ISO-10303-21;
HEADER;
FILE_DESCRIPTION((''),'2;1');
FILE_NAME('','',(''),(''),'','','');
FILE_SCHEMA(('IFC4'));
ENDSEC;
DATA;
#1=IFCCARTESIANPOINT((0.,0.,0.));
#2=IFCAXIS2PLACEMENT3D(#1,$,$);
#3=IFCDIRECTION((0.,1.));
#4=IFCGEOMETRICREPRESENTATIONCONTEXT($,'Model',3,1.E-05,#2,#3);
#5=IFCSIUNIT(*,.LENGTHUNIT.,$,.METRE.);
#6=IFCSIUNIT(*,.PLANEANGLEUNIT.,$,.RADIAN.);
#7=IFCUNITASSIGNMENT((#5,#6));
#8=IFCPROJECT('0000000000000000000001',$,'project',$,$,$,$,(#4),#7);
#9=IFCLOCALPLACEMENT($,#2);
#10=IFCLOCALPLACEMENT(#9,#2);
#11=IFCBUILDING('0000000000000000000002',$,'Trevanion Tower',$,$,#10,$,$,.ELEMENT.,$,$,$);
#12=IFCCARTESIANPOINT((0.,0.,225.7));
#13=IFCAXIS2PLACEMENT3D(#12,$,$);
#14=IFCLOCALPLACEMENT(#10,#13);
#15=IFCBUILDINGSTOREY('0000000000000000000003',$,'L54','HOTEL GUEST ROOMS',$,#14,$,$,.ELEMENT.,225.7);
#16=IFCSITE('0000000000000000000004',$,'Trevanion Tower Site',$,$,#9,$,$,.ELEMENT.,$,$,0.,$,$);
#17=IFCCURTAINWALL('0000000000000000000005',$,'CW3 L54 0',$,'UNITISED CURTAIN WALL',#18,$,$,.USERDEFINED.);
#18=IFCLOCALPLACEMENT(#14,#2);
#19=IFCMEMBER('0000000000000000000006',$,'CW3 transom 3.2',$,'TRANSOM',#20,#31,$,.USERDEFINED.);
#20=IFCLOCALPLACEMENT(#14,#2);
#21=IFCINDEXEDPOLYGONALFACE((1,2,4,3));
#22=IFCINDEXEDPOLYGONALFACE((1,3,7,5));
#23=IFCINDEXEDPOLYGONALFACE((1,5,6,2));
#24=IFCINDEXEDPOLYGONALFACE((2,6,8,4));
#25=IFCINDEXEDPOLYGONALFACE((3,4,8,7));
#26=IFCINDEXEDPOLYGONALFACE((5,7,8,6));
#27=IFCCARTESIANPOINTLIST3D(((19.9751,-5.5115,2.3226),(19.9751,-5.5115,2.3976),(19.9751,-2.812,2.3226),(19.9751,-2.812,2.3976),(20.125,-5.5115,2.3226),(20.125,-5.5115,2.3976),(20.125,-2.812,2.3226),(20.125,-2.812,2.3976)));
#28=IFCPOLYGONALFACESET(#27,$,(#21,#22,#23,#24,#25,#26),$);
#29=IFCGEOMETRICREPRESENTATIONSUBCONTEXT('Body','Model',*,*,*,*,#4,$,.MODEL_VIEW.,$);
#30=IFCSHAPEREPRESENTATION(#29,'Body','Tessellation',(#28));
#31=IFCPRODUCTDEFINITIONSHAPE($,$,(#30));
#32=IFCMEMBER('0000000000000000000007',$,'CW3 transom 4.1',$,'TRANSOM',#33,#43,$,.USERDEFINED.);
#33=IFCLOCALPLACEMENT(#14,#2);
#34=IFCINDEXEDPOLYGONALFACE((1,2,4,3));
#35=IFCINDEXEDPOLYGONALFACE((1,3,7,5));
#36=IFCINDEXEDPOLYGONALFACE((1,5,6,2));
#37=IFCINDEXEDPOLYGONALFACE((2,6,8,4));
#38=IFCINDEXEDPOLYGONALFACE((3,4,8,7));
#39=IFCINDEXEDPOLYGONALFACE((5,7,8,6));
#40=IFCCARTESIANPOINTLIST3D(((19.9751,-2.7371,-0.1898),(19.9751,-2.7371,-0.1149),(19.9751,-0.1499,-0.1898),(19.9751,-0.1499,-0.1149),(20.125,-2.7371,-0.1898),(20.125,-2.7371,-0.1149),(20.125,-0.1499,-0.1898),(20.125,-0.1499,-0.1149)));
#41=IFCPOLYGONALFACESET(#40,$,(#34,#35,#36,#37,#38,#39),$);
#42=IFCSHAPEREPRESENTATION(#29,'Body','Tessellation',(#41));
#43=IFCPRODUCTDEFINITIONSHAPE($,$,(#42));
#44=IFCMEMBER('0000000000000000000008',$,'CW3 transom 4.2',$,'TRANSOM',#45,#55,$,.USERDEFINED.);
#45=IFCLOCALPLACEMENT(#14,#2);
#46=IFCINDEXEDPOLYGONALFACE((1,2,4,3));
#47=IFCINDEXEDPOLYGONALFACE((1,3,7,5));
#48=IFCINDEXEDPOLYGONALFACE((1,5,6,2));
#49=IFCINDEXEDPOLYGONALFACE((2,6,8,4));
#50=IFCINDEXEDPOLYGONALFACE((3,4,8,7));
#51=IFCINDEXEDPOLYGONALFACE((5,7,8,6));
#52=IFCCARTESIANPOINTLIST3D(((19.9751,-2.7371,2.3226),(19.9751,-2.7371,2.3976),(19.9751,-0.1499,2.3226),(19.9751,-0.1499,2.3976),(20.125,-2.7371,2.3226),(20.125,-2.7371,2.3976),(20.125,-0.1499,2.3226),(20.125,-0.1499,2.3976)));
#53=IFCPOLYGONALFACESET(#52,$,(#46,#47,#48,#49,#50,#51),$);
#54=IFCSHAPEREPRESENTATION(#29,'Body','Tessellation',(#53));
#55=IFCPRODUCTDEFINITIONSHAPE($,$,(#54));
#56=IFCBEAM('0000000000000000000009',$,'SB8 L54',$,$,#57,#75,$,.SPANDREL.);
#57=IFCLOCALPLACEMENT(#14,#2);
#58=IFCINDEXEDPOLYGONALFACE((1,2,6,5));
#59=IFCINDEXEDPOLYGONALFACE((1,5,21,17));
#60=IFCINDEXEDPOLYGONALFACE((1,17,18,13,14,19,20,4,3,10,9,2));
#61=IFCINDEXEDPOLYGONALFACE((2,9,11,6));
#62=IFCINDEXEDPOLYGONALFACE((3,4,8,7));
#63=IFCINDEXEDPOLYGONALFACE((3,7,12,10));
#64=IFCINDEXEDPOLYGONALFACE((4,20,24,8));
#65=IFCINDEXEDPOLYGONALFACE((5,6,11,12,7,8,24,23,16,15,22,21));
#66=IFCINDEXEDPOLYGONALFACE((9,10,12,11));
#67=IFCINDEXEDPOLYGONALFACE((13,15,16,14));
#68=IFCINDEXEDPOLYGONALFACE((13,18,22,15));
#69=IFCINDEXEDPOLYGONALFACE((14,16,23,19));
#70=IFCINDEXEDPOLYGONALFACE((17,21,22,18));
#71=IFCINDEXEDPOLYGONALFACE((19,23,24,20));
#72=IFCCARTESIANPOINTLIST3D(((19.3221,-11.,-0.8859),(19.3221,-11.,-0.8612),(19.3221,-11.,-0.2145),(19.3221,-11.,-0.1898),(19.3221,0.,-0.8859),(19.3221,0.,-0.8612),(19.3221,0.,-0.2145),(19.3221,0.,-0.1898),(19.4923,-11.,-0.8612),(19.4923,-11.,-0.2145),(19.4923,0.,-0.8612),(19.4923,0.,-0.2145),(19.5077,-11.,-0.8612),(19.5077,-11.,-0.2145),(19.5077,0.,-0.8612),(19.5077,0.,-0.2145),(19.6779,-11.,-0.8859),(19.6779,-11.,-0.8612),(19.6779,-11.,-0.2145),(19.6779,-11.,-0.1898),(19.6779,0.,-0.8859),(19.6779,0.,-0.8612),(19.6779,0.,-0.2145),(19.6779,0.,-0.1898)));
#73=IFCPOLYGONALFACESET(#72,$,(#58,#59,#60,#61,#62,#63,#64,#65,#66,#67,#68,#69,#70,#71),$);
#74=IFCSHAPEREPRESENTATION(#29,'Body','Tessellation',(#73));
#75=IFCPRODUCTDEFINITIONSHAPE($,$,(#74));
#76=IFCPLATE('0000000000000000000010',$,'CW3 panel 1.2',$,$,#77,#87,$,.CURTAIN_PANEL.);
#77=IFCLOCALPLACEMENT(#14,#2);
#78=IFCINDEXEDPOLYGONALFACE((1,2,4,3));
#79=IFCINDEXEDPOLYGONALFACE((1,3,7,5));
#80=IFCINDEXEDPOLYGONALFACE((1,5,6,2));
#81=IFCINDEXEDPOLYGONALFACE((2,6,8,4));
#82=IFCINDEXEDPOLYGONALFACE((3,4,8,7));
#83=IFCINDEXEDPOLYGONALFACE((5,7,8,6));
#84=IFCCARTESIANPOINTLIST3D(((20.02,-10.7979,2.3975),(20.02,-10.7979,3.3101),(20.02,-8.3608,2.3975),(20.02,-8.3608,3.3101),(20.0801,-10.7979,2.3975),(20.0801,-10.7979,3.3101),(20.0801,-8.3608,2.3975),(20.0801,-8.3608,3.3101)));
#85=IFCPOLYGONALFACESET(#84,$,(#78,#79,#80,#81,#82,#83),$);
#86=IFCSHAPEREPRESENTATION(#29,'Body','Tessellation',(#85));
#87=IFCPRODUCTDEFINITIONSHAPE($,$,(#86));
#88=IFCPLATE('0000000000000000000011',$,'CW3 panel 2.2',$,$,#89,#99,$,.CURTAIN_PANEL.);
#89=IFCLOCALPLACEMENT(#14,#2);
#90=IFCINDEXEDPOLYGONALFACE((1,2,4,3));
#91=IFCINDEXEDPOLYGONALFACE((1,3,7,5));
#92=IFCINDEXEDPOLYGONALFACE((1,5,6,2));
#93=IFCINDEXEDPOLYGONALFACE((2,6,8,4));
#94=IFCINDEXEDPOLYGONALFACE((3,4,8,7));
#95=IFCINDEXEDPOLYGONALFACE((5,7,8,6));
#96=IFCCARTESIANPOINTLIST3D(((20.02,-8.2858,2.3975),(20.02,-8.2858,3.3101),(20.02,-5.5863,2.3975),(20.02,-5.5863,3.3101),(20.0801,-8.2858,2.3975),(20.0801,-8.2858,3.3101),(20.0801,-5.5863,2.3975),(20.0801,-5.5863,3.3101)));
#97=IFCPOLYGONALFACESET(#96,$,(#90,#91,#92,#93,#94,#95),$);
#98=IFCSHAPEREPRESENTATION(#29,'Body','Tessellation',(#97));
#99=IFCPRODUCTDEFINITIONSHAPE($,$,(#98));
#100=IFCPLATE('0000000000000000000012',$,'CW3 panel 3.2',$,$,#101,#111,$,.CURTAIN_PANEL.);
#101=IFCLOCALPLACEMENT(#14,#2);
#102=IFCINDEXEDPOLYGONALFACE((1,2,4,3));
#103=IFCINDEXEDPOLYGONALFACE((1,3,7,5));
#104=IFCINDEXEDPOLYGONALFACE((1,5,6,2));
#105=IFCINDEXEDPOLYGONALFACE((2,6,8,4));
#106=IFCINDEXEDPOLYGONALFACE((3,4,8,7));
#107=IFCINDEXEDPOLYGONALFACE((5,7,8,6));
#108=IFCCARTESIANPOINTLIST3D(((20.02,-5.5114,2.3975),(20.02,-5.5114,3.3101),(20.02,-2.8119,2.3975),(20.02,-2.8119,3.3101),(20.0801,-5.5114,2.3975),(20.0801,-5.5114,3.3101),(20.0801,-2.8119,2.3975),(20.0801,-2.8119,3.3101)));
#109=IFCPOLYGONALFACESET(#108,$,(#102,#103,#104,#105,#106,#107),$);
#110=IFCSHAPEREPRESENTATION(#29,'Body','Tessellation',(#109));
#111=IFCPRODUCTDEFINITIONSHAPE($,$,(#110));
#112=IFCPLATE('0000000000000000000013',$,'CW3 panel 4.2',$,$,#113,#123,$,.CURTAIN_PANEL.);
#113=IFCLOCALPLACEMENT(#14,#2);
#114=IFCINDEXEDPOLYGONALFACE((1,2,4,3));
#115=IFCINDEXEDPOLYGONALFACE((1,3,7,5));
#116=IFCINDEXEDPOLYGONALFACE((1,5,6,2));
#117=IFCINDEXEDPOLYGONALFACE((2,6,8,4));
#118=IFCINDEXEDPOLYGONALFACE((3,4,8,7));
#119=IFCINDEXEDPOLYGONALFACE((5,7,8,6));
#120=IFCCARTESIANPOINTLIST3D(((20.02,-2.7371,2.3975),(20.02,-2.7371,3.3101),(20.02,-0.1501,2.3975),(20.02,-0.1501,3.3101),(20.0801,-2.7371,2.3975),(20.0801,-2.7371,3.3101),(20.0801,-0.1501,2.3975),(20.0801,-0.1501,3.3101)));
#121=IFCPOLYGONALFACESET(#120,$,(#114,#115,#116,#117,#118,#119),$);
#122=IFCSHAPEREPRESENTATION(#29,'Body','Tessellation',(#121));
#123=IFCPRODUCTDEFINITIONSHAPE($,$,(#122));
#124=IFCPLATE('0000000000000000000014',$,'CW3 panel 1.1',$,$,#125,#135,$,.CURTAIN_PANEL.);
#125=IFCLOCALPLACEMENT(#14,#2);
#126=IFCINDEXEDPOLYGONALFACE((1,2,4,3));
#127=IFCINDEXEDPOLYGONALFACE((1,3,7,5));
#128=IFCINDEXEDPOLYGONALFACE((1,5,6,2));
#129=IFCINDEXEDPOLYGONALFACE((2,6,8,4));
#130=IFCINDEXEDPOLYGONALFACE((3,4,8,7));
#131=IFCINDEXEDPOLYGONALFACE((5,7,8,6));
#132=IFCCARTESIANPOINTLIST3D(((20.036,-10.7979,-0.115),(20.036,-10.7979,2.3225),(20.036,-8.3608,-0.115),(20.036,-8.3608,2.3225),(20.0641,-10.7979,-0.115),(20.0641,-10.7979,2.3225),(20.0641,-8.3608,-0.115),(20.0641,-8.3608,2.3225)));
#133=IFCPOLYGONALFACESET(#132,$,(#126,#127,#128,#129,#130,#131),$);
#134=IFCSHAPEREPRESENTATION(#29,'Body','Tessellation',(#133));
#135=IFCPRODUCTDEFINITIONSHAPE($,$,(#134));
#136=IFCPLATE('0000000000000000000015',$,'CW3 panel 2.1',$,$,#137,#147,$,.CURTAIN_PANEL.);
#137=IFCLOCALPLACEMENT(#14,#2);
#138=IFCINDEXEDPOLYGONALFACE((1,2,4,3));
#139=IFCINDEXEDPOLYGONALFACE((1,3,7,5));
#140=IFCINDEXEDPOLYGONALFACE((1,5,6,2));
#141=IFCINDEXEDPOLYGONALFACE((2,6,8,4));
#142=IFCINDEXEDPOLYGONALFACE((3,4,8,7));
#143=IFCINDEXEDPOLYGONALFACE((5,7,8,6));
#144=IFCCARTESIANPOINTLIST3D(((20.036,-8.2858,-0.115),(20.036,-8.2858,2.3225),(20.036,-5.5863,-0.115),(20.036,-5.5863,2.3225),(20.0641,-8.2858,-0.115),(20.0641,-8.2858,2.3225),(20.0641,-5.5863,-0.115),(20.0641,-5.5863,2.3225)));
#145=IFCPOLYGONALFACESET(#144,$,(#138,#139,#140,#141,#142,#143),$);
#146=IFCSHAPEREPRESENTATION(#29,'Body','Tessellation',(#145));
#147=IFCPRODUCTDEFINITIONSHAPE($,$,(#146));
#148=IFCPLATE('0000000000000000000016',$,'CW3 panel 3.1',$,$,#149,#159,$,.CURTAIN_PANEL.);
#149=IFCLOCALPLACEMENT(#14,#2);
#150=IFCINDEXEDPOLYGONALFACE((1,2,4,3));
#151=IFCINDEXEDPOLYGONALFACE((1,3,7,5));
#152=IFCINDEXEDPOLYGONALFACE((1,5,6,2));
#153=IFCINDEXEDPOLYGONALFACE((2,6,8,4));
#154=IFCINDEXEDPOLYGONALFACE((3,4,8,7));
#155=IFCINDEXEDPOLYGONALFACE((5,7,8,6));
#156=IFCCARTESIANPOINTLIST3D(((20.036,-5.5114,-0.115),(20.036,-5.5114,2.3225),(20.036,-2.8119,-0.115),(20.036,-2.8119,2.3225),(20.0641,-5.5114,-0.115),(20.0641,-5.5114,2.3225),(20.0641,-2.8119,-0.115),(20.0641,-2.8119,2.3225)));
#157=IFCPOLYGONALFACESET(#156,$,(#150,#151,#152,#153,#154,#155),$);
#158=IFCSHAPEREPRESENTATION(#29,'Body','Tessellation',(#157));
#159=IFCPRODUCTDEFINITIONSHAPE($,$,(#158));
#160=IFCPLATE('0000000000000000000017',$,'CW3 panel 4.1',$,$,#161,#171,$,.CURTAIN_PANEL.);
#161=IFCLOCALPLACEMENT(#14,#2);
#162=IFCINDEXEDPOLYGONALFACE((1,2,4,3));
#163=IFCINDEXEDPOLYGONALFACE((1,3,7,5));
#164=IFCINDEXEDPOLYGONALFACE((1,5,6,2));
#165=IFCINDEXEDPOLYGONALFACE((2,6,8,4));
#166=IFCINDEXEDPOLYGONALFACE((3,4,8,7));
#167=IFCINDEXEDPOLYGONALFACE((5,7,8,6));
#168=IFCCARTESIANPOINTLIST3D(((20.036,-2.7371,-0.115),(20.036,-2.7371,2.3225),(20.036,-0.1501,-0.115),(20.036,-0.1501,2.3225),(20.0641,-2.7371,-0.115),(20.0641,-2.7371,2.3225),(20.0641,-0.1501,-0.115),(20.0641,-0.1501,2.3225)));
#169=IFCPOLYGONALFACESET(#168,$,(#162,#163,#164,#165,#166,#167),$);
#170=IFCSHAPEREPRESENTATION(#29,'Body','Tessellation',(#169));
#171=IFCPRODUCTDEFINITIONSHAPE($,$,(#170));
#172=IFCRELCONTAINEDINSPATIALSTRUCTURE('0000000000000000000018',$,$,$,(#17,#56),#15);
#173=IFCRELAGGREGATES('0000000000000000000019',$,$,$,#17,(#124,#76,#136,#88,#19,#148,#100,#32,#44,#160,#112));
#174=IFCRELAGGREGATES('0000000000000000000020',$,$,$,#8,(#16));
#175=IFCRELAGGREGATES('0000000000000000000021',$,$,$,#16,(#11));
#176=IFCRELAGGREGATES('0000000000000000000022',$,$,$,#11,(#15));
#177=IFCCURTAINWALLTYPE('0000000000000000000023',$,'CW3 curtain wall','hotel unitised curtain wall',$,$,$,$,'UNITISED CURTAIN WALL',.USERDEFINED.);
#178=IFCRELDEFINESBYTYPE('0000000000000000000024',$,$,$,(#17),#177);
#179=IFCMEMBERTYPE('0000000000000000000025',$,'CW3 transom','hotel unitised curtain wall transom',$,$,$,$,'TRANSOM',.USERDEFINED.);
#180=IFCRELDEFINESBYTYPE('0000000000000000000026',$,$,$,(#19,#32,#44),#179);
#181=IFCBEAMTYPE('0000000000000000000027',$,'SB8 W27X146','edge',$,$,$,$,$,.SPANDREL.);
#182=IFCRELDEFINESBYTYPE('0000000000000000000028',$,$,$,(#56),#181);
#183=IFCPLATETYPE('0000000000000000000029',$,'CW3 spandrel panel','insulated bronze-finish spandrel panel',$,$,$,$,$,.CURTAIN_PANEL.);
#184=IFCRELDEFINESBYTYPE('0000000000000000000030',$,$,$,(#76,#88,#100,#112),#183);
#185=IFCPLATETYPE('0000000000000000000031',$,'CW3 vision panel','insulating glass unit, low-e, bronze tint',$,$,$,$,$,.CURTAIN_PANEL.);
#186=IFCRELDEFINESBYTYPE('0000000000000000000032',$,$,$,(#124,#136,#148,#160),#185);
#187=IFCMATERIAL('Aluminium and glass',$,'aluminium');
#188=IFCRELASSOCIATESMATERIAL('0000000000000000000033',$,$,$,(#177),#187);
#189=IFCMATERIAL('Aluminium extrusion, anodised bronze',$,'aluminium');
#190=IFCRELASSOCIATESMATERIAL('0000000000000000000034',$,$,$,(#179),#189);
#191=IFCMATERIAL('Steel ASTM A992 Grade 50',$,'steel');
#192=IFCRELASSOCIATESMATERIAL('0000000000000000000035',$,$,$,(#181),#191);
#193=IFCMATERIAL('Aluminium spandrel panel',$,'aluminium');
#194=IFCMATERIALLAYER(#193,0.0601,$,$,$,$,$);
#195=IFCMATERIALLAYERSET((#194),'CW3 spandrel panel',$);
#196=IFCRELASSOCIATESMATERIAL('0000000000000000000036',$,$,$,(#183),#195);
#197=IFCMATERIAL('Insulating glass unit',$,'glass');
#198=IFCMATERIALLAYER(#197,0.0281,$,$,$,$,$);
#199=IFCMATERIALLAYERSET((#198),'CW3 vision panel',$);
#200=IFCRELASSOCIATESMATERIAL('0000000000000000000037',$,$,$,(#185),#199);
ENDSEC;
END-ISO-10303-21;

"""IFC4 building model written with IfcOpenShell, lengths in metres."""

from ifc_helpers import new_model, si_unit, direction, frame, origin, origin_2d, place, context, subcontext, project, spatial, rectangle, i_section, extrude, material, layer, layer_set, material_profile, profile_set, type_object, element, aggregate, save


model = new_model("IFC4")

# Units and contexts
model_context = context("Model", 3, precision=1e-05, world=origin(), true_north=direction((0.0, 1.0)))
body_context = subcontext(model_context, "Body", "Model", "MODEL_VIEW")
ifc_project = project(units=[si_unit("LENGTHUNIT", "METRE"), si_unit("PLANEANGLEUNIT", "RADIAN")], contexts=[model_context])

# Site, building, storey
site_placement = place(None, origin())
site = spatial("IfcSite", under=ifc_project, at=site_placement, Name="Trevanion Tower Site", CompositionType="ELEMENT", RefElevation=0.0)
building_placement = place(site_placement, origin())
building = spatial("IfcBuilding", under=site, at=building_placement, Name="Trevanion Tower", CompositionType="ELEMENT")
storey_placement = place(building_placement, frame((0.0, 0.0, 225.7)))
storey = spatial("IfcBuildingStorey", under=building, at=storey_placement, Name="L54", Description="HOTEL GUEST ROOMS", CompositionType="ELEMENT", Elevation=225.7)

# Curtain wall, members
ifc_material_1 = material(Name="Aluminium and glass", Category="aluminium")
curtain_wall_type = type_object("IfcCurtainWallType", Name="CW3 curtain wall", Description="hotel unitised curtain wall", ElementType="UNITISED CURTAIN WALL", PredefinedType="USERDEFINED", material=ifc_material_1)
curtain_wall_placement = place(storey_placement, origin())
curtain_wall = element("IfcCurtainWall", 1, at=curtain_wall_placement, inside=storey, type_object=curtain_wall_type, Name="CW3 L54 0", ObjectType="UNITISED CURTAIN WALL", PredefinedType="USERDEFINED")
ifc_material_2 = material(Name="Aluminium extrusion, anodised bronze", Category="aluminium")
ifc_material_profile_1 = material_profile(ifc_material_2, rectangle(XDim=0.1499, YDim=0.075, at=origin_2d()), Name="CW3 transom")
ifc_profile_set_1 = profile_set([ifc_material_profile_1], Name="Aluminium extrusion, anodised bronze")
member_type_1 = type_object("IfcMemberType", Name="CW3 transom", Description="hotel unitised curtain wall transom", ElementType="TRANSOM", PredefinedType="USERDEFINED", material=ifc_profile_set_1)
member_1_placement = place(storey_placement, frame((20.05, -5.5115, 2.3601), z_axis=(0.0, 1.0, 0.0), x_axis=(-1.0, 0.0, 0.0)))
member_1 = element("IfcMember", 2, at=member_1_placement, type_object=member_type_1, Name="CW3 transom 3.2", ObjectType="TRANSOM", PredefinedType="USERDEFINED", context=body_context, shape_type="SweptSolid", body=[
    extrude(rectangle(XDim=0.1499, YDim=0.075, at=origin_2d()), origin(), (0.0, 0.0, 1.0), 2.6995),
])
member_2_placement = place(storey_placement, frame((20.05, -2.7371, -0.1523), z_axis=(0.0, 1.0, 0.0), x_axis=(-1.0, 0.0, 0.0)))
member_2 = element("IfcMember", 3, at=member_2_placement, type_object=member_type_1, Name="CW3 transom 4.1", ObjectType="TRANSOM", PredefinedType="USERDEFINED", context=body_context, shape_type="SweptSolid", body=[
    extrude(rectangle(XDim=0.1499, YDim=0.075, at=origin_2d()), origin(), (0.0, 0.0, 1.0), 2.5872),
])
member_3_placement = place(storey_placement, frame((20.05, -2.7371, 2.3601), z_axis=(0.0, 1.0, 0.0), x_axis=(-1.0, 0.0, 0.0)))
member_3 = element("IfcMember", 4, at=member_3_placement, type_object=member_type_1, Name="CW3 transom 4.2", ObjectType="TRANSOM", PredefinedType="USERDEFINED", context=body_context, shape_type="SweptSolid", body=[
    extrude(rectangle(XDim=0.1499, YDim=0.075, at=origin_2d()), origin(), (0.0, 0.0, 1.0), 2.5872),
])

# Beam
ifc_material_3 = material(Name="Steel ASTM A992 Grade 50", Category="steel")
ifc_material_profile_2 = material_profile(ifc_material_3, i_section(OverallWidth=0.3557, OverallDepth=0.696, WebThickness=0.0154, FlangeThickness=0.0247, at=origin_2d()), Name="W27X146")
ifc_profile_set_2 = profile_set([ifc_material_profile_2], Name="Steel ASTM A992 Grade 50")
beam_type_1 = type_object("IfcBeamType", Name="SB8 W27X146", Description="edge", PredefinedType="SPANDREL", material=ifc_profile_set_2)
beam_placement = place(storey_placement, frame((19.5, -11.0, -0.5378), z_axis=(0.0, 1.0, 0.0), x_axis=(-1.0, 0.0, 0.0)))
element("IfcBeam", 5, at=beam_placement, inside=storey, type_object=beam_type_1, Name="SB8 L54", PredefinedType="SPANDREL", context=body_context, shape_type="SweptSolid", body=[
    extrude(i_section(OverallWidth=0.3557, OverallDepth=0.696, WebThickness=0.0154, FlangeThickness=0.0247, at=origin_2d()), origin(), (0.0, 0.0, 1.0), 11.0),
])

# Plates
ifc_material_4 = material(Name="Aluminium spandrel panel", Category="aluminium")
ifc_layer_1 = layer(ifc_material_4, 0.0601)
ifc_layer_set_1 = layer_set([ifc_layer_1], Name="CW3 spandrel panel")
plate_type_1 = type_object("IfcPlateType", Name="CW3 spandrel panel", Description="insulated bronze-finish spandrel panel", PredefinedType="CURTAIN_PANEL", material=ifc_layer_set_1)
plate_1_placement = place(storey_placement, frame((20.05, -9.5793, 2.3975), z_axis=(0.0, 0.0, 1.0), x_axis=(0.0, 1.0, 0.0)))
plate_1 = element("IfcPlate", 6, at=plate_1_placement, type_object=plate_type_1, Name="CW3 panel 1.2", PredefinedType="CURTAIN_PANEL", context=body_context, shape_type="SweptSolid", body=[
    extrude(rectangle(XDim=2.437, YDim=0.0601, at=origin_2d()), origin(), (0.0, 0.0, 1.0), 0.9126),
])
plate_2_placement = place(storey_placement, frame((20.05, -6.936, 2.3975), z_axis=(0.0, 0.0, 1.0), x_axis=(0.0, 1.0, 0.0)))
plate_2 = element("IfcPlate", 7, at=plate_2_placement, type_object=plate_type_1, Name="CW3 panel 2.2", PredefinedType="CURTAIN_PANEL", context=body_context, shape_type="SweptSolid", body=[
    extrude(rectangle(XDim=2.6995, YDim=0.0601, at=origin_2d()), origin(), (0.0, 0.0, 1.0), 0.9126),
])
plate_3_placement = place(storey_placement, frame((20.05, -4.1616, 2.3975), z_axis=(0.0, 0.0, 1.0), x_axis=(0.0, 1.0, 0.0)))
plate_3 = element("IfcPlate", 8, at=plate_3_placement, type_object=plate_type_1, Name="CW3 panel 3.2", PredefinedType="CURTAIN_PANEL", context=body_context, shape_type="SweptSolid", body=[
    extrude(rectangle(XDim=2.6995, YDim=0.0601, at=origin_2d()), origin(), (0.0, 0.0, 1.0), 0.9126),
])
plate_4_placement = place(storey_placement, frame((20.05, -1.4436, 2.3975), z_axis=(0.0, 0.0, 1.0), x_axis=(0.0, 1.0, 0.0)))
plate_4 = element("IfcPlate", 9, at=plate_4_placement, type_object=plate_type_1, Name="CW3 panel 4.2", PredefinedType="CURTAIN_PANEL", context=body_context, shape_type="SweptSolid", body=[
    extrude(rectangle(XDim=2.5869, YDim=0.0601, at=origin_2d()), origin(), (0.0, 0.0, 1.0), 0.9126),
])
ifc_material_5 = material(Name="Insulating glass unit", Category="glass")
ifc_layer_2 = layer(ifc_material_5, 0.0281)
ifc_layer_set_2 = layer_set([ifc_layer_2], Name="CW3 vision panel")
plate_type_2 = type_object("IfcPlateType", Name="CW3 vision panel", Description="insulating glass unit, low-e, bronze tint", PredefinedType="CURTAIN_PANEL", material=ifc_layer_set_2)
plate_5_placement = place(storey_placement, frame((20.05, -9.5793, -0.115), z_axis=(0.0, 0.0, 1.0), x_axis=(0.0, 1.0, 0.0)))
plate_5 = element("IfcPlate", 10, at=plate_5_placement, type_object=plate_type_2, Name="CW3 panel 1.1", PredefinedType="CURTAIN_PANEL", context=body_context, shape_type="SweptSolid", body=[
    extrude(rectangle(XDim=2.437, YDim=0.0281, at=origin_2d()), origin(), (0.0, 0.0, 1.0), 2.4375),
])
plate_6_placement = place(storey_placement, frame((20.05, -6.936, -0.115), z_axis=(0.0, 0.0, 1.0), x_axis=(0.0, 1.0, 0.0)))
plate_6 = element("IfcPlate", 11, at=plate_6_placement, type_object=plate_type_2, Name="CW3 panel 2.1", PredefinedType="CURTAIN_PANEL", context=body_context, shape_type="SweptSolid", body=[
    extrude(rectangle(XDim=2.6995, YDim=0.0281, at=origin_2d()), origin(), (0.0, 0.0, 1.0), 2.4375),
])
plate_7_placement = place(storey_placement, frame((20.05, -4.1616, -0.115), z_axis=(0.0, 0.0, 1.0), x_axis=(0.0, 1.0, 0.0)))
plate_7 = element("IfcPlate", 12, at=plate_7_placement, type_object=plate_type_2, Name="CW3 panel 3.1", PredefinedType="CURTAIN_PANEL", context=body_context, shape_type="SweptSolid", body=[
    extrude(rectangle(XDim=2.6995, YDim=0.0281, at=origin_2d()), origin(), (0.0, 0.0, 1.0), 2.4375),
])
plate_8_placement = place(storey_placement, frame((20.05, -1.4436, -0.115), z_axis=(0.0, 0.0, 1.0), x_axis=(0.0, 1.0, 0.0)))
plate_8 = element("IfcPlate", 13, at=plate_8_placement, type_object=plate_type_2, Name="CW3 panel 4.1", PredefinedType="CURTAIN_PANEL", context=body_context, shape_type="SweptSolid", body=[
    extrude(rectangle(XDim=2.5869, YDim=0.0281, at=origin_2d()), origin(), (0.0, 0.0, 1.0), 2.4375),
])
aggregate(curtain_wall, [plate_5, plate_1, plate_6, plate_2, member_1, plate_7, plate_3, member_2, member_3, plate_8, plate_4])

save(model, "model.ifc")
